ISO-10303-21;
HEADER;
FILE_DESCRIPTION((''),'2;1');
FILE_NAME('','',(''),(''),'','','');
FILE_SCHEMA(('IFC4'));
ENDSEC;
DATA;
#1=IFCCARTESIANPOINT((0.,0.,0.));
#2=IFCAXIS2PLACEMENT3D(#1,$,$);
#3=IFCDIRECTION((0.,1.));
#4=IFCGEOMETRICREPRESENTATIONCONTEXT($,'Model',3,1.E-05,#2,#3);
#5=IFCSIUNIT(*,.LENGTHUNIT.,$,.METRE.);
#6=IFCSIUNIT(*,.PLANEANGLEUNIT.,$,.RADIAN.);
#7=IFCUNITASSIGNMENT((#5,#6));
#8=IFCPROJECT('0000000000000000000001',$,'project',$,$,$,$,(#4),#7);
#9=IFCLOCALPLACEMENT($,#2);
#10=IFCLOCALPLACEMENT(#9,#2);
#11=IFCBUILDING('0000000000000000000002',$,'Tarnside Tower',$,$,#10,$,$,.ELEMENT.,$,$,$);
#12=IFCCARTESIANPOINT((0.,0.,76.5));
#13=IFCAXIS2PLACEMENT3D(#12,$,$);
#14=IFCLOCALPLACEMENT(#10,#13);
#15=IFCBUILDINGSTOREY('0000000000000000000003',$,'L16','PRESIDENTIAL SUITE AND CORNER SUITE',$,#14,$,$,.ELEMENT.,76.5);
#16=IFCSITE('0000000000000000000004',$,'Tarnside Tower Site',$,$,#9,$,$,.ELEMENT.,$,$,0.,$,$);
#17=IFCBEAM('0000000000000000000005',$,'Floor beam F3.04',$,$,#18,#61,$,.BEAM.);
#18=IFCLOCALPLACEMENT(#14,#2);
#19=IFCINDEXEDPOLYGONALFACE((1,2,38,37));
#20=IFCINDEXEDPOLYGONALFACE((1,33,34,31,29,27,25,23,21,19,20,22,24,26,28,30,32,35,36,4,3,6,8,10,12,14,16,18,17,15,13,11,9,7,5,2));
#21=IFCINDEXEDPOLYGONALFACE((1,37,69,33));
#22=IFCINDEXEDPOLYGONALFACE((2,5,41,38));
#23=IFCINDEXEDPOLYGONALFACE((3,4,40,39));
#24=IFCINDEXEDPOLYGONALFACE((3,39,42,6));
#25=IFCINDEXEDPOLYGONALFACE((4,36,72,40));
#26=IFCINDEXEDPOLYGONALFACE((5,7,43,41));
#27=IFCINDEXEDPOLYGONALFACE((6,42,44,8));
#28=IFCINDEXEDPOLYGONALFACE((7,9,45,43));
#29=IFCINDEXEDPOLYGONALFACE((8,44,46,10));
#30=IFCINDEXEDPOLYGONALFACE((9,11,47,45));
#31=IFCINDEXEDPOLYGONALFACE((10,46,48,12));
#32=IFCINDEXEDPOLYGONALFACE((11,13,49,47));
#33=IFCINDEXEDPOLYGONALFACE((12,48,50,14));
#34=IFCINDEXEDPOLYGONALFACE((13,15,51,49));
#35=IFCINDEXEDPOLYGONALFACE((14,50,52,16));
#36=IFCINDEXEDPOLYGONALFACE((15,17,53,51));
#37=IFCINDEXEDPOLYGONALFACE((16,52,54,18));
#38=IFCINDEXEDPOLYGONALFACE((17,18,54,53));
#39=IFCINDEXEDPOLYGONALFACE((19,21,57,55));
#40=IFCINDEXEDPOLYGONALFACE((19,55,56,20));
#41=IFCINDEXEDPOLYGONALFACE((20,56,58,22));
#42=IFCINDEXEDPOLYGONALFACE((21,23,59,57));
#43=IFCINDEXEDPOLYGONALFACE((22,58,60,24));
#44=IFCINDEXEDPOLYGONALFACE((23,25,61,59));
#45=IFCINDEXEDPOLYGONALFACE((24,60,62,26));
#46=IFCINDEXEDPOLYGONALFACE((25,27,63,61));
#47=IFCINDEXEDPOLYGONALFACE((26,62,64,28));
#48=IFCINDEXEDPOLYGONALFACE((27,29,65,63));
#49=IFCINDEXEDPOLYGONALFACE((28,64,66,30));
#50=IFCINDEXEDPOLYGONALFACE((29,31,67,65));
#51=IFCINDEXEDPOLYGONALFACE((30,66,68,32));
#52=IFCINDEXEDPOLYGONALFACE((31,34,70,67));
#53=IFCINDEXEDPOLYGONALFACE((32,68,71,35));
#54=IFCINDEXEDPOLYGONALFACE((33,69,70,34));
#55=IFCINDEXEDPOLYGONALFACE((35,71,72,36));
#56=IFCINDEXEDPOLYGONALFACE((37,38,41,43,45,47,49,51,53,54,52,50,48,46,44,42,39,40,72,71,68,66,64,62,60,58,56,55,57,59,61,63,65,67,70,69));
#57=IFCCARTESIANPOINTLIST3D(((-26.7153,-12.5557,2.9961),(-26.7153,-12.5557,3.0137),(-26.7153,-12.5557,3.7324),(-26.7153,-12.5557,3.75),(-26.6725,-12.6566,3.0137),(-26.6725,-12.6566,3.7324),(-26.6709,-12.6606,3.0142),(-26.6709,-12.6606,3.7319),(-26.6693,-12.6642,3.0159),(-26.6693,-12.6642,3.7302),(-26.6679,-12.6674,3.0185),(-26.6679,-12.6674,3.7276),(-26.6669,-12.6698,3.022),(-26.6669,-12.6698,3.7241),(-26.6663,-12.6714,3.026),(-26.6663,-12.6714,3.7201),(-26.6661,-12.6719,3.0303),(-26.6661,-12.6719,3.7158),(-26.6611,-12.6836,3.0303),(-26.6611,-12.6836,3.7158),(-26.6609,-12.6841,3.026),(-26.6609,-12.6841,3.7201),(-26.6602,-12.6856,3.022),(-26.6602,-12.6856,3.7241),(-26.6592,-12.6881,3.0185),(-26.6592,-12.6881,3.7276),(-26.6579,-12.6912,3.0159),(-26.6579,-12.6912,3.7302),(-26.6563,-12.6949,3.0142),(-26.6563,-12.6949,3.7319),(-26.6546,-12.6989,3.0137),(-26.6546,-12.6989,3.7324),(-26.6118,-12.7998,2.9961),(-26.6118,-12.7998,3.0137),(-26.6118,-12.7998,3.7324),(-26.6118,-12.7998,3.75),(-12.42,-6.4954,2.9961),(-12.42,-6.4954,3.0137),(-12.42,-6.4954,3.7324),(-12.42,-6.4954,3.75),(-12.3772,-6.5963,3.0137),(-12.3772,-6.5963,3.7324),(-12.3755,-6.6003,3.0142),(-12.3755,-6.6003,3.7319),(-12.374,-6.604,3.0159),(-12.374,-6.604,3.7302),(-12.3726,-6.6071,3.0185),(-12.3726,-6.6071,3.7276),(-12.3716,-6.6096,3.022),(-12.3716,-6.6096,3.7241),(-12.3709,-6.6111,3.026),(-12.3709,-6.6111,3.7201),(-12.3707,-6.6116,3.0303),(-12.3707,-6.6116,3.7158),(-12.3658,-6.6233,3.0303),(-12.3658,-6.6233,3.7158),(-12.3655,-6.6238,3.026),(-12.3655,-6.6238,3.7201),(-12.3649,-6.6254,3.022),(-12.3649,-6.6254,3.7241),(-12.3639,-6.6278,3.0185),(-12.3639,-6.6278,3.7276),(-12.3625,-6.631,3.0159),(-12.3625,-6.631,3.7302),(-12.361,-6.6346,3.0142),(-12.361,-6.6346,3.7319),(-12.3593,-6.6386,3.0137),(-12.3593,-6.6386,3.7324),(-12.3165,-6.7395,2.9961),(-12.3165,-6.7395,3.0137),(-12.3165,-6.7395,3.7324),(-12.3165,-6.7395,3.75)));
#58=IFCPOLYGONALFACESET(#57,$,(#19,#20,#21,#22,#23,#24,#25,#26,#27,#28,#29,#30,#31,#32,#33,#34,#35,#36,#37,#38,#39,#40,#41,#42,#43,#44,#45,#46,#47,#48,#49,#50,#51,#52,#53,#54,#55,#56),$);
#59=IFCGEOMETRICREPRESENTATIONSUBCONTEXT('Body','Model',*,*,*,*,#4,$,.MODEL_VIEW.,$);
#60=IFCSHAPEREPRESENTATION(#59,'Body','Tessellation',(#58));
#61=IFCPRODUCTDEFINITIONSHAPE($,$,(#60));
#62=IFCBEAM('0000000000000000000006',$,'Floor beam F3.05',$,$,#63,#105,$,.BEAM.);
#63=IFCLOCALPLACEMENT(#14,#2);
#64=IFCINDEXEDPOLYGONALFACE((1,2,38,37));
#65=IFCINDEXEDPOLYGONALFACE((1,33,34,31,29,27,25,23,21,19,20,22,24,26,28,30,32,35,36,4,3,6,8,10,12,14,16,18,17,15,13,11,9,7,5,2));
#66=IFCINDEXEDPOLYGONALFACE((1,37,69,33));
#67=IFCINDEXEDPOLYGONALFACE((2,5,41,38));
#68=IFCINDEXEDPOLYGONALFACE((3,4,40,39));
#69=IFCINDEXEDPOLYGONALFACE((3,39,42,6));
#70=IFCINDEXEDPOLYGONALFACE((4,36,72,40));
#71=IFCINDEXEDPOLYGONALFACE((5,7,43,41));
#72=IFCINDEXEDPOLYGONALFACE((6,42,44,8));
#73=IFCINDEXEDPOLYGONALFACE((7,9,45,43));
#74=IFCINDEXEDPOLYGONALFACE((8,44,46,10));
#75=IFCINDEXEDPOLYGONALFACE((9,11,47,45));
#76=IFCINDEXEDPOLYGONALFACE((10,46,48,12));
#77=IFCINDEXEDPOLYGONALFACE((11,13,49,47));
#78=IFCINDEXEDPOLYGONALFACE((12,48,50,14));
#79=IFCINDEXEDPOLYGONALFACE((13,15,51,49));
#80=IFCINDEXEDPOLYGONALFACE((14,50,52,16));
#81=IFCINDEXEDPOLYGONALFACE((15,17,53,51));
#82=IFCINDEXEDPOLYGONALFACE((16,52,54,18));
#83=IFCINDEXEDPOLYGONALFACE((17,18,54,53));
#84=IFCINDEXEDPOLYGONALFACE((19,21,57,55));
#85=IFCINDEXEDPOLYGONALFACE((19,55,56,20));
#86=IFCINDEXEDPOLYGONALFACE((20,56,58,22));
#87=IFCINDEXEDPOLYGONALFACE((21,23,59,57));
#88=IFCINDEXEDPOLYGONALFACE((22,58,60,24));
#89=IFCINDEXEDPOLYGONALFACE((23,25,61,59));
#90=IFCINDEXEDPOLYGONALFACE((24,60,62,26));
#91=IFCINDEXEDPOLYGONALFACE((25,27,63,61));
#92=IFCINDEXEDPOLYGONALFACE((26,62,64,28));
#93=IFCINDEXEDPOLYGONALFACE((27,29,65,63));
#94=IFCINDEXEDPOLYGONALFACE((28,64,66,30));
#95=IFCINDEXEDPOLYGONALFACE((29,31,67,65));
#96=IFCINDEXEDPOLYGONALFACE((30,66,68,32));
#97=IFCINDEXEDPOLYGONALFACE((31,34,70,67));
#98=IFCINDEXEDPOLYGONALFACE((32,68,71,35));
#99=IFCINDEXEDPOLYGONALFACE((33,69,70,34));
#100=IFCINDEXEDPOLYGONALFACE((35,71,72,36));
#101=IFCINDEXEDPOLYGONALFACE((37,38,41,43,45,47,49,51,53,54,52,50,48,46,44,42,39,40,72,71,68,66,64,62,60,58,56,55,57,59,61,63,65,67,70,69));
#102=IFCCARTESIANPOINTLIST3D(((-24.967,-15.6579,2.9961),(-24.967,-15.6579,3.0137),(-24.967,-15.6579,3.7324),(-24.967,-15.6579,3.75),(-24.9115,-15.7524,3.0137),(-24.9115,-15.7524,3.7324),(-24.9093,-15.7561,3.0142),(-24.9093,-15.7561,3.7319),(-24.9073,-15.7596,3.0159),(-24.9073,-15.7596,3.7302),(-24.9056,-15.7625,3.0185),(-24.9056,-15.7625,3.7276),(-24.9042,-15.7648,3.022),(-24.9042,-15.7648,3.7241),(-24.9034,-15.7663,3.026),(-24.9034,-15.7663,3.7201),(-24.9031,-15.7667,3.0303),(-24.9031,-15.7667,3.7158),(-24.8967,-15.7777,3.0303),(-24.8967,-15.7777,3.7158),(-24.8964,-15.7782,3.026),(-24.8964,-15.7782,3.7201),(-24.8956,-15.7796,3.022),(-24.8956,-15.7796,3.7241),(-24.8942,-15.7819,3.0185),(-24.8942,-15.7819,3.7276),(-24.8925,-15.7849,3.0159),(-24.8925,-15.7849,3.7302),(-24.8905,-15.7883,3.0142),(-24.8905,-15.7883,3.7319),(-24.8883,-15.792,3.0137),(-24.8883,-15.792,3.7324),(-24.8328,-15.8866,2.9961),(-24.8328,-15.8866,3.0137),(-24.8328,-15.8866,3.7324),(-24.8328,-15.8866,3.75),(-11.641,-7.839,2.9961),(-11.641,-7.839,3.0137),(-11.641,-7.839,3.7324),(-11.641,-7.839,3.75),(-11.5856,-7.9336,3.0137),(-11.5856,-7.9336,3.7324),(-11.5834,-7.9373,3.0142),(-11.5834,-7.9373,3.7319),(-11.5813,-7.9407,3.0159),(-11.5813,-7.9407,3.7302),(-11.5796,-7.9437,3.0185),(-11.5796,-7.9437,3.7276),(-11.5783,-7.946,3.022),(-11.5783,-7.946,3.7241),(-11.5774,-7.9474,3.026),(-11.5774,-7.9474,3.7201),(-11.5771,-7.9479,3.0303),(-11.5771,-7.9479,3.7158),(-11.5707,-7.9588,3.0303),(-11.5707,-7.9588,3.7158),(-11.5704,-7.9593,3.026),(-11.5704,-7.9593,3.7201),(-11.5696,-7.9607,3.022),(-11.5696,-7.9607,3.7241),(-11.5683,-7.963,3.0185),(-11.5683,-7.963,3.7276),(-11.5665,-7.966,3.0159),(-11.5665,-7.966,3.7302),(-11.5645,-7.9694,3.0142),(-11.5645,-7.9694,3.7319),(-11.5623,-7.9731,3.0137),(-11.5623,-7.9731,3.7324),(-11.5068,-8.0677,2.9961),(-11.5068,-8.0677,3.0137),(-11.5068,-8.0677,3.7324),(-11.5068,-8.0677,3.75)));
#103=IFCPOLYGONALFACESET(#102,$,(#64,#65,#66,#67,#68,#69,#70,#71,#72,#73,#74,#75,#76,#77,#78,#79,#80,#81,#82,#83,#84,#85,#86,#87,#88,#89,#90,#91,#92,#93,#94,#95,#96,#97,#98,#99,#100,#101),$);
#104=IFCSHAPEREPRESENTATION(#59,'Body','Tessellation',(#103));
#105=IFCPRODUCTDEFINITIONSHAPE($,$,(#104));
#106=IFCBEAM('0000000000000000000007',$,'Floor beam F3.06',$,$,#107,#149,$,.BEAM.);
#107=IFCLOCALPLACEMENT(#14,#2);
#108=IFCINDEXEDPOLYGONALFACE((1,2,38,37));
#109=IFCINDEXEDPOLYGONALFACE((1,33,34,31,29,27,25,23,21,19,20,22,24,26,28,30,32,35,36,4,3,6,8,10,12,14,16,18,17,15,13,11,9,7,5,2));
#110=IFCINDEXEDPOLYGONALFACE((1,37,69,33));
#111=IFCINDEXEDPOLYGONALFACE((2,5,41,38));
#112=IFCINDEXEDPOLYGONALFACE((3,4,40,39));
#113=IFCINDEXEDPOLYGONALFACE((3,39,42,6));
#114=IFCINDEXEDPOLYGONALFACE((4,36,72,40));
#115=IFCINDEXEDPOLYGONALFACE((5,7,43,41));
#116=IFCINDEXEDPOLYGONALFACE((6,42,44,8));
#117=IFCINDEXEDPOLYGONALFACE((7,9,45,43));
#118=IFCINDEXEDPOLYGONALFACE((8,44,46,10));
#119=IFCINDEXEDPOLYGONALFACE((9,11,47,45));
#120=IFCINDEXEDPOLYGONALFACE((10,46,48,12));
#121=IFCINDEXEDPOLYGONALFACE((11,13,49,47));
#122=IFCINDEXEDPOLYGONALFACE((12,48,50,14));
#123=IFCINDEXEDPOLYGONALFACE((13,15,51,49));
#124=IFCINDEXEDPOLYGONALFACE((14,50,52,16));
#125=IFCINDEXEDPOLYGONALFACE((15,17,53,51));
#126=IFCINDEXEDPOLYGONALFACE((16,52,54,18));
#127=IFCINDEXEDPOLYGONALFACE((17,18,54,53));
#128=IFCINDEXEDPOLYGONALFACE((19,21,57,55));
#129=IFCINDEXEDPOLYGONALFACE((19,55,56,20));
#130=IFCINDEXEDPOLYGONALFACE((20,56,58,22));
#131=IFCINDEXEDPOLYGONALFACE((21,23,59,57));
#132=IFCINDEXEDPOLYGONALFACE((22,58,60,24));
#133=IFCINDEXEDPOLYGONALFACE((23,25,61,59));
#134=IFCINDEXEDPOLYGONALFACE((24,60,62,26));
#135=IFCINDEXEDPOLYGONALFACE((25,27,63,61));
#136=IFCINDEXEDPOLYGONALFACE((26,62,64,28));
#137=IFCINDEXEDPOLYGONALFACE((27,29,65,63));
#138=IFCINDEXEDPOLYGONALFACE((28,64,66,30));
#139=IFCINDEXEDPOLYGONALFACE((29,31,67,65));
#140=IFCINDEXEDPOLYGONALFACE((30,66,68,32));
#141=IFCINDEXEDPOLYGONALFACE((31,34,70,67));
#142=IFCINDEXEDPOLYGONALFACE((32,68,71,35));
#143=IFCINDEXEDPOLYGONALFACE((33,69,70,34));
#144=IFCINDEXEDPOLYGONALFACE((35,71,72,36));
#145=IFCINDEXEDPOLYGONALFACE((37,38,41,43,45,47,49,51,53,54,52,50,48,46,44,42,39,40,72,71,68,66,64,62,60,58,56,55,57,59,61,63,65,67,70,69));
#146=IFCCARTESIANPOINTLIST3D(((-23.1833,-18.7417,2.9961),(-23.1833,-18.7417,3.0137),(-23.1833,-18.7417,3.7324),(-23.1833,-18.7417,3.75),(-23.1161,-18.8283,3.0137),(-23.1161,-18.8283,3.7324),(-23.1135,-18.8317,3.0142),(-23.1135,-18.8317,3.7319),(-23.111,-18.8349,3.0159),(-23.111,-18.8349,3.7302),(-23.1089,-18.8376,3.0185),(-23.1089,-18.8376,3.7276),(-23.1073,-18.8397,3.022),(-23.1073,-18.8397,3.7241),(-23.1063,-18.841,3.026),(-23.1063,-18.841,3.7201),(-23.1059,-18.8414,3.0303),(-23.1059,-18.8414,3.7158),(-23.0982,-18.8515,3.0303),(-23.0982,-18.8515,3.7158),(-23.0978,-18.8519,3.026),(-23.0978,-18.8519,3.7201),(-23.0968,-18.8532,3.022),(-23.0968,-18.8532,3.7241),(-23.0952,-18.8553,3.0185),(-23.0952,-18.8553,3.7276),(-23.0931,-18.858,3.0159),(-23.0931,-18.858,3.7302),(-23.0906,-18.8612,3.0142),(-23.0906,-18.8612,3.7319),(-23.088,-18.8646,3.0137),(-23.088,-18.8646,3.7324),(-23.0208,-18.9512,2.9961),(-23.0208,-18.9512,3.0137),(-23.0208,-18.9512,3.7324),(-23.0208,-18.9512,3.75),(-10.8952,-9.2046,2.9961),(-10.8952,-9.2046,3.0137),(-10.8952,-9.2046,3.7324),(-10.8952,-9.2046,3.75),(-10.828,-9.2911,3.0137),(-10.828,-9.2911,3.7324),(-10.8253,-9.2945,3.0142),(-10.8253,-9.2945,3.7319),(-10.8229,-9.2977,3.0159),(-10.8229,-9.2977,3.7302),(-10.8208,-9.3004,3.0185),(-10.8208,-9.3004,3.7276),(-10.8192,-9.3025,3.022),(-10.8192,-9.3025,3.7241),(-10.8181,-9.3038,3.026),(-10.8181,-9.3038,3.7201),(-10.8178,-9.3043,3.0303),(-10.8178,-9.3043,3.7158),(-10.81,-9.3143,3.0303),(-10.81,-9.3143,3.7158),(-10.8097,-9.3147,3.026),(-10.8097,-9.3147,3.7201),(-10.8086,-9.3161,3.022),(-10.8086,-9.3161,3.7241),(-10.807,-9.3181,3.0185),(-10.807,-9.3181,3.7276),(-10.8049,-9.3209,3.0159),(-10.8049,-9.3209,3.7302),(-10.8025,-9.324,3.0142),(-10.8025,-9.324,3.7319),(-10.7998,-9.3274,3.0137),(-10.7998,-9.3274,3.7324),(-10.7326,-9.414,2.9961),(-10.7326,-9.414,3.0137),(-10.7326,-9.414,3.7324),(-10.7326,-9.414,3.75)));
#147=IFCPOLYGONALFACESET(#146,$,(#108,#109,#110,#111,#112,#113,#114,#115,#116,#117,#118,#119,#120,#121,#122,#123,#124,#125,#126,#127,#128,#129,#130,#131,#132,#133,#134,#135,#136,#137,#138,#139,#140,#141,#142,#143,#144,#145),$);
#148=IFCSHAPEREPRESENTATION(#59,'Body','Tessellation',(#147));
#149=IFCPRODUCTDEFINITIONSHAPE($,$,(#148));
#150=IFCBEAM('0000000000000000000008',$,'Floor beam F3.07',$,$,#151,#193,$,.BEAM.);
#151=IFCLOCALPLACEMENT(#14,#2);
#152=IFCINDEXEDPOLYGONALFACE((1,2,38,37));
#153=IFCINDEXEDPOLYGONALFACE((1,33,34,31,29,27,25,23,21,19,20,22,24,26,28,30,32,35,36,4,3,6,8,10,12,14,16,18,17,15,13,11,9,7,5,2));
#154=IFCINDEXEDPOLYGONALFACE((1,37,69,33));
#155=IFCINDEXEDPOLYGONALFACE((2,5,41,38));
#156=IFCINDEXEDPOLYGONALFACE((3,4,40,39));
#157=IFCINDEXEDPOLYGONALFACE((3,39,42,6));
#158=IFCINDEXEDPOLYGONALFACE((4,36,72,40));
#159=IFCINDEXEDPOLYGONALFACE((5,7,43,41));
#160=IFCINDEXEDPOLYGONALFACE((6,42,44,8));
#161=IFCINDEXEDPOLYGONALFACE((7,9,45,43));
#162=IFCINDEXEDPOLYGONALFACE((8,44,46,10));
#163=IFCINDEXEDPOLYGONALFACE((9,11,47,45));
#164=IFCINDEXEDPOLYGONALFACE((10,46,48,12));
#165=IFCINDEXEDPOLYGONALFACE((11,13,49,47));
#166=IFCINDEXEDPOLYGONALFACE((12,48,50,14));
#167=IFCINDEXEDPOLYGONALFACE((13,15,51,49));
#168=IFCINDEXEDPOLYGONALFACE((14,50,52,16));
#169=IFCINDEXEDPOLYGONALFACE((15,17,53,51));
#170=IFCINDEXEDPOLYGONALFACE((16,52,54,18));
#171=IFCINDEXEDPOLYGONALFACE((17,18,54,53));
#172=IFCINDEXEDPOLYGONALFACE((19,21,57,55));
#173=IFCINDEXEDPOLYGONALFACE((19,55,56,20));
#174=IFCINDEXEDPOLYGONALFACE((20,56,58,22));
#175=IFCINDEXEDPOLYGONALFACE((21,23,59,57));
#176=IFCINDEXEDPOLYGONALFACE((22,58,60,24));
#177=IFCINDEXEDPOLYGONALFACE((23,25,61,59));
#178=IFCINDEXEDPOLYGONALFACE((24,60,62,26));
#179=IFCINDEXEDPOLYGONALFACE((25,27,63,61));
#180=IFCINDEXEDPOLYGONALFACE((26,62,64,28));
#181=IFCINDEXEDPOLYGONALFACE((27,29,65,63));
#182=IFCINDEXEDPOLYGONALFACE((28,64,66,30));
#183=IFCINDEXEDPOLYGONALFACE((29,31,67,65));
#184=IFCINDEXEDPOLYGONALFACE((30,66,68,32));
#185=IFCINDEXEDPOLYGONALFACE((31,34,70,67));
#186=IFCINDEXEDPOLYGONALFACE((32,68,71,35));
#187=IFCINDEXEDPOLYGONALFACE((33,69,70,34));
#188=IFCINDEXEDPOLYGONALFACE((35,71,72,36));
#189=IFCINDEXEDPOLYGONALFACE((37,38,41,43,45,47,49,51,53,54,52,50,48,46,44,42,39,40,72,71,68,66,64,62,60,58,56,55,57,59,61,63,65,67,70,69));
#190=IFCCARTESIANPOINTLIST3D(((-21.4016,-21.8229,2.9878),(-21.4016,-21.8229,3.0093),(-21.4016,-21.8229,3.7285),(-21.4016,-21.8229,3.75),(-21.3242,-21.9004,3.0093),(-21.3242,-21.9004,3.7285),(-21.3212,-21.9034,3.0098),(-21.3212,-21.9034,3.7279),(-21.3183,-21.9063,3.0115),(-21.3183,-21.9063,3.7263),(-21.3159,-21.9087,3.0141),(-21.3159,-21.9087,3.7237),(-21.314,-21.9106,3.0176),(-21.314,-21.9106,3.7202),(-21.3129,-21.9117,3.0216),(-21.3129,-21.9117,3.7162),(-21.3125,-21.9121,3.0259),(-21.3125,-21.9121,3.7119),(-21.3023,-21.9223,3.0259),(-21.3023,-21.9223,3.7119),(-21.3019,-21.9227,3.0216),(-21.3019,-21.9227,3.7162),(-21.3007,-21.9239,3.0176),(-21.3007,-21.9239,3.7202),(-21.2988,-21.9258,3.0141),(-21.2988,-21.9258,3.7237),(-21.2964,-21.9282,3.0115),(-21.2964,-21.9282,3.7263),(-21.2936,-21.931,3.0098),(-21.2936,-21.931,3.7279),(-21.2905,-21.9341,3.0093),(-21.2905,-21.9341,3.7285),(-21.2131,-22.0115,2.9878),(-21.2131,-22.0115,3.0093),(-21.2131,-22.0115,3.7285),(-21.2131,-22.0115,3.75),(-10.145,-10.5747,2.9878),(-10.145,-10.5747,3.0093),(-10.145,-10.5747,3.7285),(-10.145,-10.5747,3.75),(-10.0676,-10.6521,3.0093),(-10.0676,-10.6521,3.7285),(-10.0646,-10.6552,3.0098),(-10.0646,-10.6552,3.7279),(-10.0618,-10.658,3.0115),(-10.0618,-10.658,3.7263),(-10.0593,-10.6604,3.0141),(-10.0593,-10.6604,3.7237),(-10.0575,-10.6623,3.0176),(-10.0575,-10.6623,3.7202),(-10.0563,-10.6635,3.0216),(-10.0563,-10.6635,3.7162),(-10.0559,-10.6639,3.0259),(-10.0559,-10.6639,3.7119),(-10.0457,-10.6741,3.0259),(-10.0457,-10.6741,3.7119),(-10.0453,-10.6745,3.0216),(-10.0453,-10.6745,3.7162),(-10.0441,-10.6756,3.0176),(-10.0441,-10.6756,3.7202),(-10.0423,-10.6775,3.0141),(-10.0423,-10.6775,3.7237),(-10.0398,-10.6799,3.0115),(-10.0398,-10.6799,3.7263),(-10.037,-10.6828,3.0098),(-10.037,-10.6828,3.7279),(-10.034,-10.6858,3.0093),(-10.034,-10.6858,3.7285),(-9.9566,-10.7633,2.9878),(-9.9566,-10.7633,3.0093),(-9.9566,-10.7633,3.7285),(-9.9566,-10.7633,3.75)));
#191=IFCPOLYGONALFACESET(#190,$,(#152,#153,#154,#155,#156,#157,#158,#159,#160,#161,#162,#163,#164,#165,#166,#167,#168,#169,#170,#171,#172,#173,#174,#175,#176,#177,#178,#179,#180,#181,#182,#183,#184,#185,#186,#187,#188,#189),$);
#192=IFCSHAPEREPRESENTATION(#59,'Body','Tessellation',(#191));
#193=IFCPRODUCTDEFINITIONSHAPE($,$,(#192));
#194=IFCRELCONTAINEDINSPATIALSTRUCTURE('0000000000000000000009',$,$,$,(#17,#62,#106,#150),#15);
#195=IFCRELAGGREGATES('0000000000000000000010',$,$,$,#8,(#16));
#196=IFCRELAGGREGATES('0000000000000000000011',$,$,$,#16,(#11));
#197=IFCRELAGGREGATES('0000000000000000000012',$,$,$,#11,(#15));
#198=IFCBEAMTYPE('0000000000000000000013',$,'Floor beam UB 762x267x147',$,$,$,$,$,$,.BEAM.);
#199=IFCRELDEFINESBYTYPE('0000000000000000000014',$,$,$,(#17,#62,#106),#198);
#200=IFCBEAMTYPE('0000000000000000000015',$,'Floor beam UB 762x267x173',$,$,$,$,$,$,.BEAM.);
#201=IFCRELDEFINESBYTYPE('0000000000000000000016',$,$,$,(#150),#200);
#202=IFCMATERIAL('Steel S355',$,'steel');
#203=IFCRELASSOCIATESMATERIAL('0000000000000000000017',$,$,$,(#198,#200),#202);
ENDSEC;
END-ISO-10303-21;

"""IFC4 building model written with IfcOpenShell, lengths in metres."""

from ifc_helpers import new_model, si_unit, direction, frame, origin, origin_2d, place, context, subcontext, project, spatial, i_section, extrude, material, material_profile, profile_set, type_object, element, save


model = new_model("IFC4")

# Units and contexts
model_context = context("Model", 3, precision=1e-05, world=origin(), true_north=direction((0.0, 1.0)))
body_context = subcontext(model_context, "Body", "Model", "MODEL_VIEW")
ifc_project = project(units=[si_unit("LENGTHUNIT", "METRE"), si_unit("PLANEANGLEUNIT", "RADIAN")], contexts=[model_context])

# Site, building, storey
site_placement = place(None, origin())
site = spatial("IfcSite", under=ifc_project, at=site_placement, Name="Tarnside Tower Site", CompositionType="ELEMENT", RefElevation=0.0)
building_placement = place(site_placement, origin())
building = spatial("IfcBuilding", under=site, at=building_placement, Name="Tarnside Tower", CompositionType="ELEMENT")
storey_placement = place(building_placement, frame((0.0, 0.0, 76.5)))
storey = spatial("IfcBuildingStorey", under=building, at=storey_placement, Name="L16", Description="PRESIDENTIAL SUITE AND CORNER SUITE", CompositionType="ELEMENT", Elevation=76.5)

# Beams
ifc_material_1 = material(Name="Steel S355", Category="steel")
ifc_material_profile_1 = material_profile(ifc_material_1, i_section(OverallWidth=0.2651, OverallDepth=0.7539, WebThickness=0.0127, FlangeThickness=0.0176, FilletRadius=0.0166, at=origin_2d()), Name="UB 762x267x147")
ifc_profile_set_1 = profile_set([ifc_material_profile_1], Name="Steel S355")
beam_type_1 = type_object("IfcBeamType", Name="Floor beam UB 762x267x147", PredefinedType="BEAM", material=ifc_profile_set_1)
beam_1_placement = place(storey_placement, frame((-26.6636, -12.6777, 3.373), z_axis=(0.920684, 0.390309, 0.0), x_axis=(-0.390309, 0.920684, 0.0)))
element("IfcBeam", 1, at=beam_1_placement, inside=storey, type_object=beam_type_1, Name="Floor beam F3.04", PredefinedType="BEAM", context=body_context, shape_type="SweptSolid", body=[
    extrude(i_section(OverallWidth=0.2651, OverallDepth=0.7539, WebThickness=0.0127, FlangeThickness=0.0176, FilletRadius=0.0166, at=origin_2d()), origin(), (0.0, 0.0, 1.0), 15.5269),
])
beam_2_placement = place(storey_placement, frame((-24.8999, -15.7722, 3.373), z_axis=(0.862498, 0.506061, 0.0), x_axis=(-0.506061, 0.862498, 0.0)))
element("IfcBeam", 2, at=beam_2_placement, inside=storey, type_object=beam_type_1, Name="Floor beam F3.05", PredefinedType="BEAM", context=body_context, shape_type="SweptSolid", body=[
    extrude(i_section(OverallWidth=0.2651, OverallDepth=0.7539, WebThickness=0.0127, FlangeThickness=0.0176, FilletRadius=0.0166, at=origin_2d()), origin(), (0.0, 0.0, 1.0), 15.4504),
])
beam_3_placement = place(storey_placement, frame((-23.1021, -18.8464, 3.373), z_axis=(0.789984, 0.613128, 0.0), x_axis=(-0.613128, 0.789984, 0.0)))
element("IfcBeam", 3, at=beam_3_placement, inside=storey, type_object=beam_type_1, Name="Floor beam F3.06", PredefinedType="BEAM", context=body_context, shape_type="SweptSolid", body=[
    extrude(i_section(OverallWidth=0.2651, OverallDepth=0.7539, WebThickness=0.0127, FlangeThickness=0.0176, FilletRadius=0.0166, at=origin_2d()), origin(), (0.0, 0.0, 1.0), 15.5549),
])
ifc_material_profile_2 = material_profile(ifc_material_1, i_section(OverallWidth=0.2666, OverallDepth=0.7622, WebThickness=0.0144, FlangeThickness=0.0215, FilletRadius=0.0166, at=origin_2d()), Name="UB 762x267x173")
ifc_profile_set_2 = profile_set([ifc_material_profile_2], Name="Steel S355")
beam_type_2 = type_object("IfcBeamType", Name="Floor beam UB 762x267x173", PredefinedType="BEAM", material=ifc_profile_set_2)
beam_4_placement = place(storey_placement, frame((-21.3074, -21.9172, 3.3689), z_axis=(0.707368, 0.706846, 0.0), x_axis=(-0.706846, 0.707368, 0.0)))
element("IfcBeam", 4, at=beam_4_placement, inside=storey, type_object=beam_type_2, Name="Floor beam F3.07", PredefinedType="BEAM", context=body_context, shape_type="SweptSolid", body=[
    extrude(i_section(OverallWidth=0.2666, OverallDepth=0.7622, WebThickness=0.0144, FlangeThickness=0.0215, FilletRadius=0.0166, at=origin_2d()), origin(), (0.0, 0.0, 1.0), 15.9133),
])

save(model, "model.ifc")
